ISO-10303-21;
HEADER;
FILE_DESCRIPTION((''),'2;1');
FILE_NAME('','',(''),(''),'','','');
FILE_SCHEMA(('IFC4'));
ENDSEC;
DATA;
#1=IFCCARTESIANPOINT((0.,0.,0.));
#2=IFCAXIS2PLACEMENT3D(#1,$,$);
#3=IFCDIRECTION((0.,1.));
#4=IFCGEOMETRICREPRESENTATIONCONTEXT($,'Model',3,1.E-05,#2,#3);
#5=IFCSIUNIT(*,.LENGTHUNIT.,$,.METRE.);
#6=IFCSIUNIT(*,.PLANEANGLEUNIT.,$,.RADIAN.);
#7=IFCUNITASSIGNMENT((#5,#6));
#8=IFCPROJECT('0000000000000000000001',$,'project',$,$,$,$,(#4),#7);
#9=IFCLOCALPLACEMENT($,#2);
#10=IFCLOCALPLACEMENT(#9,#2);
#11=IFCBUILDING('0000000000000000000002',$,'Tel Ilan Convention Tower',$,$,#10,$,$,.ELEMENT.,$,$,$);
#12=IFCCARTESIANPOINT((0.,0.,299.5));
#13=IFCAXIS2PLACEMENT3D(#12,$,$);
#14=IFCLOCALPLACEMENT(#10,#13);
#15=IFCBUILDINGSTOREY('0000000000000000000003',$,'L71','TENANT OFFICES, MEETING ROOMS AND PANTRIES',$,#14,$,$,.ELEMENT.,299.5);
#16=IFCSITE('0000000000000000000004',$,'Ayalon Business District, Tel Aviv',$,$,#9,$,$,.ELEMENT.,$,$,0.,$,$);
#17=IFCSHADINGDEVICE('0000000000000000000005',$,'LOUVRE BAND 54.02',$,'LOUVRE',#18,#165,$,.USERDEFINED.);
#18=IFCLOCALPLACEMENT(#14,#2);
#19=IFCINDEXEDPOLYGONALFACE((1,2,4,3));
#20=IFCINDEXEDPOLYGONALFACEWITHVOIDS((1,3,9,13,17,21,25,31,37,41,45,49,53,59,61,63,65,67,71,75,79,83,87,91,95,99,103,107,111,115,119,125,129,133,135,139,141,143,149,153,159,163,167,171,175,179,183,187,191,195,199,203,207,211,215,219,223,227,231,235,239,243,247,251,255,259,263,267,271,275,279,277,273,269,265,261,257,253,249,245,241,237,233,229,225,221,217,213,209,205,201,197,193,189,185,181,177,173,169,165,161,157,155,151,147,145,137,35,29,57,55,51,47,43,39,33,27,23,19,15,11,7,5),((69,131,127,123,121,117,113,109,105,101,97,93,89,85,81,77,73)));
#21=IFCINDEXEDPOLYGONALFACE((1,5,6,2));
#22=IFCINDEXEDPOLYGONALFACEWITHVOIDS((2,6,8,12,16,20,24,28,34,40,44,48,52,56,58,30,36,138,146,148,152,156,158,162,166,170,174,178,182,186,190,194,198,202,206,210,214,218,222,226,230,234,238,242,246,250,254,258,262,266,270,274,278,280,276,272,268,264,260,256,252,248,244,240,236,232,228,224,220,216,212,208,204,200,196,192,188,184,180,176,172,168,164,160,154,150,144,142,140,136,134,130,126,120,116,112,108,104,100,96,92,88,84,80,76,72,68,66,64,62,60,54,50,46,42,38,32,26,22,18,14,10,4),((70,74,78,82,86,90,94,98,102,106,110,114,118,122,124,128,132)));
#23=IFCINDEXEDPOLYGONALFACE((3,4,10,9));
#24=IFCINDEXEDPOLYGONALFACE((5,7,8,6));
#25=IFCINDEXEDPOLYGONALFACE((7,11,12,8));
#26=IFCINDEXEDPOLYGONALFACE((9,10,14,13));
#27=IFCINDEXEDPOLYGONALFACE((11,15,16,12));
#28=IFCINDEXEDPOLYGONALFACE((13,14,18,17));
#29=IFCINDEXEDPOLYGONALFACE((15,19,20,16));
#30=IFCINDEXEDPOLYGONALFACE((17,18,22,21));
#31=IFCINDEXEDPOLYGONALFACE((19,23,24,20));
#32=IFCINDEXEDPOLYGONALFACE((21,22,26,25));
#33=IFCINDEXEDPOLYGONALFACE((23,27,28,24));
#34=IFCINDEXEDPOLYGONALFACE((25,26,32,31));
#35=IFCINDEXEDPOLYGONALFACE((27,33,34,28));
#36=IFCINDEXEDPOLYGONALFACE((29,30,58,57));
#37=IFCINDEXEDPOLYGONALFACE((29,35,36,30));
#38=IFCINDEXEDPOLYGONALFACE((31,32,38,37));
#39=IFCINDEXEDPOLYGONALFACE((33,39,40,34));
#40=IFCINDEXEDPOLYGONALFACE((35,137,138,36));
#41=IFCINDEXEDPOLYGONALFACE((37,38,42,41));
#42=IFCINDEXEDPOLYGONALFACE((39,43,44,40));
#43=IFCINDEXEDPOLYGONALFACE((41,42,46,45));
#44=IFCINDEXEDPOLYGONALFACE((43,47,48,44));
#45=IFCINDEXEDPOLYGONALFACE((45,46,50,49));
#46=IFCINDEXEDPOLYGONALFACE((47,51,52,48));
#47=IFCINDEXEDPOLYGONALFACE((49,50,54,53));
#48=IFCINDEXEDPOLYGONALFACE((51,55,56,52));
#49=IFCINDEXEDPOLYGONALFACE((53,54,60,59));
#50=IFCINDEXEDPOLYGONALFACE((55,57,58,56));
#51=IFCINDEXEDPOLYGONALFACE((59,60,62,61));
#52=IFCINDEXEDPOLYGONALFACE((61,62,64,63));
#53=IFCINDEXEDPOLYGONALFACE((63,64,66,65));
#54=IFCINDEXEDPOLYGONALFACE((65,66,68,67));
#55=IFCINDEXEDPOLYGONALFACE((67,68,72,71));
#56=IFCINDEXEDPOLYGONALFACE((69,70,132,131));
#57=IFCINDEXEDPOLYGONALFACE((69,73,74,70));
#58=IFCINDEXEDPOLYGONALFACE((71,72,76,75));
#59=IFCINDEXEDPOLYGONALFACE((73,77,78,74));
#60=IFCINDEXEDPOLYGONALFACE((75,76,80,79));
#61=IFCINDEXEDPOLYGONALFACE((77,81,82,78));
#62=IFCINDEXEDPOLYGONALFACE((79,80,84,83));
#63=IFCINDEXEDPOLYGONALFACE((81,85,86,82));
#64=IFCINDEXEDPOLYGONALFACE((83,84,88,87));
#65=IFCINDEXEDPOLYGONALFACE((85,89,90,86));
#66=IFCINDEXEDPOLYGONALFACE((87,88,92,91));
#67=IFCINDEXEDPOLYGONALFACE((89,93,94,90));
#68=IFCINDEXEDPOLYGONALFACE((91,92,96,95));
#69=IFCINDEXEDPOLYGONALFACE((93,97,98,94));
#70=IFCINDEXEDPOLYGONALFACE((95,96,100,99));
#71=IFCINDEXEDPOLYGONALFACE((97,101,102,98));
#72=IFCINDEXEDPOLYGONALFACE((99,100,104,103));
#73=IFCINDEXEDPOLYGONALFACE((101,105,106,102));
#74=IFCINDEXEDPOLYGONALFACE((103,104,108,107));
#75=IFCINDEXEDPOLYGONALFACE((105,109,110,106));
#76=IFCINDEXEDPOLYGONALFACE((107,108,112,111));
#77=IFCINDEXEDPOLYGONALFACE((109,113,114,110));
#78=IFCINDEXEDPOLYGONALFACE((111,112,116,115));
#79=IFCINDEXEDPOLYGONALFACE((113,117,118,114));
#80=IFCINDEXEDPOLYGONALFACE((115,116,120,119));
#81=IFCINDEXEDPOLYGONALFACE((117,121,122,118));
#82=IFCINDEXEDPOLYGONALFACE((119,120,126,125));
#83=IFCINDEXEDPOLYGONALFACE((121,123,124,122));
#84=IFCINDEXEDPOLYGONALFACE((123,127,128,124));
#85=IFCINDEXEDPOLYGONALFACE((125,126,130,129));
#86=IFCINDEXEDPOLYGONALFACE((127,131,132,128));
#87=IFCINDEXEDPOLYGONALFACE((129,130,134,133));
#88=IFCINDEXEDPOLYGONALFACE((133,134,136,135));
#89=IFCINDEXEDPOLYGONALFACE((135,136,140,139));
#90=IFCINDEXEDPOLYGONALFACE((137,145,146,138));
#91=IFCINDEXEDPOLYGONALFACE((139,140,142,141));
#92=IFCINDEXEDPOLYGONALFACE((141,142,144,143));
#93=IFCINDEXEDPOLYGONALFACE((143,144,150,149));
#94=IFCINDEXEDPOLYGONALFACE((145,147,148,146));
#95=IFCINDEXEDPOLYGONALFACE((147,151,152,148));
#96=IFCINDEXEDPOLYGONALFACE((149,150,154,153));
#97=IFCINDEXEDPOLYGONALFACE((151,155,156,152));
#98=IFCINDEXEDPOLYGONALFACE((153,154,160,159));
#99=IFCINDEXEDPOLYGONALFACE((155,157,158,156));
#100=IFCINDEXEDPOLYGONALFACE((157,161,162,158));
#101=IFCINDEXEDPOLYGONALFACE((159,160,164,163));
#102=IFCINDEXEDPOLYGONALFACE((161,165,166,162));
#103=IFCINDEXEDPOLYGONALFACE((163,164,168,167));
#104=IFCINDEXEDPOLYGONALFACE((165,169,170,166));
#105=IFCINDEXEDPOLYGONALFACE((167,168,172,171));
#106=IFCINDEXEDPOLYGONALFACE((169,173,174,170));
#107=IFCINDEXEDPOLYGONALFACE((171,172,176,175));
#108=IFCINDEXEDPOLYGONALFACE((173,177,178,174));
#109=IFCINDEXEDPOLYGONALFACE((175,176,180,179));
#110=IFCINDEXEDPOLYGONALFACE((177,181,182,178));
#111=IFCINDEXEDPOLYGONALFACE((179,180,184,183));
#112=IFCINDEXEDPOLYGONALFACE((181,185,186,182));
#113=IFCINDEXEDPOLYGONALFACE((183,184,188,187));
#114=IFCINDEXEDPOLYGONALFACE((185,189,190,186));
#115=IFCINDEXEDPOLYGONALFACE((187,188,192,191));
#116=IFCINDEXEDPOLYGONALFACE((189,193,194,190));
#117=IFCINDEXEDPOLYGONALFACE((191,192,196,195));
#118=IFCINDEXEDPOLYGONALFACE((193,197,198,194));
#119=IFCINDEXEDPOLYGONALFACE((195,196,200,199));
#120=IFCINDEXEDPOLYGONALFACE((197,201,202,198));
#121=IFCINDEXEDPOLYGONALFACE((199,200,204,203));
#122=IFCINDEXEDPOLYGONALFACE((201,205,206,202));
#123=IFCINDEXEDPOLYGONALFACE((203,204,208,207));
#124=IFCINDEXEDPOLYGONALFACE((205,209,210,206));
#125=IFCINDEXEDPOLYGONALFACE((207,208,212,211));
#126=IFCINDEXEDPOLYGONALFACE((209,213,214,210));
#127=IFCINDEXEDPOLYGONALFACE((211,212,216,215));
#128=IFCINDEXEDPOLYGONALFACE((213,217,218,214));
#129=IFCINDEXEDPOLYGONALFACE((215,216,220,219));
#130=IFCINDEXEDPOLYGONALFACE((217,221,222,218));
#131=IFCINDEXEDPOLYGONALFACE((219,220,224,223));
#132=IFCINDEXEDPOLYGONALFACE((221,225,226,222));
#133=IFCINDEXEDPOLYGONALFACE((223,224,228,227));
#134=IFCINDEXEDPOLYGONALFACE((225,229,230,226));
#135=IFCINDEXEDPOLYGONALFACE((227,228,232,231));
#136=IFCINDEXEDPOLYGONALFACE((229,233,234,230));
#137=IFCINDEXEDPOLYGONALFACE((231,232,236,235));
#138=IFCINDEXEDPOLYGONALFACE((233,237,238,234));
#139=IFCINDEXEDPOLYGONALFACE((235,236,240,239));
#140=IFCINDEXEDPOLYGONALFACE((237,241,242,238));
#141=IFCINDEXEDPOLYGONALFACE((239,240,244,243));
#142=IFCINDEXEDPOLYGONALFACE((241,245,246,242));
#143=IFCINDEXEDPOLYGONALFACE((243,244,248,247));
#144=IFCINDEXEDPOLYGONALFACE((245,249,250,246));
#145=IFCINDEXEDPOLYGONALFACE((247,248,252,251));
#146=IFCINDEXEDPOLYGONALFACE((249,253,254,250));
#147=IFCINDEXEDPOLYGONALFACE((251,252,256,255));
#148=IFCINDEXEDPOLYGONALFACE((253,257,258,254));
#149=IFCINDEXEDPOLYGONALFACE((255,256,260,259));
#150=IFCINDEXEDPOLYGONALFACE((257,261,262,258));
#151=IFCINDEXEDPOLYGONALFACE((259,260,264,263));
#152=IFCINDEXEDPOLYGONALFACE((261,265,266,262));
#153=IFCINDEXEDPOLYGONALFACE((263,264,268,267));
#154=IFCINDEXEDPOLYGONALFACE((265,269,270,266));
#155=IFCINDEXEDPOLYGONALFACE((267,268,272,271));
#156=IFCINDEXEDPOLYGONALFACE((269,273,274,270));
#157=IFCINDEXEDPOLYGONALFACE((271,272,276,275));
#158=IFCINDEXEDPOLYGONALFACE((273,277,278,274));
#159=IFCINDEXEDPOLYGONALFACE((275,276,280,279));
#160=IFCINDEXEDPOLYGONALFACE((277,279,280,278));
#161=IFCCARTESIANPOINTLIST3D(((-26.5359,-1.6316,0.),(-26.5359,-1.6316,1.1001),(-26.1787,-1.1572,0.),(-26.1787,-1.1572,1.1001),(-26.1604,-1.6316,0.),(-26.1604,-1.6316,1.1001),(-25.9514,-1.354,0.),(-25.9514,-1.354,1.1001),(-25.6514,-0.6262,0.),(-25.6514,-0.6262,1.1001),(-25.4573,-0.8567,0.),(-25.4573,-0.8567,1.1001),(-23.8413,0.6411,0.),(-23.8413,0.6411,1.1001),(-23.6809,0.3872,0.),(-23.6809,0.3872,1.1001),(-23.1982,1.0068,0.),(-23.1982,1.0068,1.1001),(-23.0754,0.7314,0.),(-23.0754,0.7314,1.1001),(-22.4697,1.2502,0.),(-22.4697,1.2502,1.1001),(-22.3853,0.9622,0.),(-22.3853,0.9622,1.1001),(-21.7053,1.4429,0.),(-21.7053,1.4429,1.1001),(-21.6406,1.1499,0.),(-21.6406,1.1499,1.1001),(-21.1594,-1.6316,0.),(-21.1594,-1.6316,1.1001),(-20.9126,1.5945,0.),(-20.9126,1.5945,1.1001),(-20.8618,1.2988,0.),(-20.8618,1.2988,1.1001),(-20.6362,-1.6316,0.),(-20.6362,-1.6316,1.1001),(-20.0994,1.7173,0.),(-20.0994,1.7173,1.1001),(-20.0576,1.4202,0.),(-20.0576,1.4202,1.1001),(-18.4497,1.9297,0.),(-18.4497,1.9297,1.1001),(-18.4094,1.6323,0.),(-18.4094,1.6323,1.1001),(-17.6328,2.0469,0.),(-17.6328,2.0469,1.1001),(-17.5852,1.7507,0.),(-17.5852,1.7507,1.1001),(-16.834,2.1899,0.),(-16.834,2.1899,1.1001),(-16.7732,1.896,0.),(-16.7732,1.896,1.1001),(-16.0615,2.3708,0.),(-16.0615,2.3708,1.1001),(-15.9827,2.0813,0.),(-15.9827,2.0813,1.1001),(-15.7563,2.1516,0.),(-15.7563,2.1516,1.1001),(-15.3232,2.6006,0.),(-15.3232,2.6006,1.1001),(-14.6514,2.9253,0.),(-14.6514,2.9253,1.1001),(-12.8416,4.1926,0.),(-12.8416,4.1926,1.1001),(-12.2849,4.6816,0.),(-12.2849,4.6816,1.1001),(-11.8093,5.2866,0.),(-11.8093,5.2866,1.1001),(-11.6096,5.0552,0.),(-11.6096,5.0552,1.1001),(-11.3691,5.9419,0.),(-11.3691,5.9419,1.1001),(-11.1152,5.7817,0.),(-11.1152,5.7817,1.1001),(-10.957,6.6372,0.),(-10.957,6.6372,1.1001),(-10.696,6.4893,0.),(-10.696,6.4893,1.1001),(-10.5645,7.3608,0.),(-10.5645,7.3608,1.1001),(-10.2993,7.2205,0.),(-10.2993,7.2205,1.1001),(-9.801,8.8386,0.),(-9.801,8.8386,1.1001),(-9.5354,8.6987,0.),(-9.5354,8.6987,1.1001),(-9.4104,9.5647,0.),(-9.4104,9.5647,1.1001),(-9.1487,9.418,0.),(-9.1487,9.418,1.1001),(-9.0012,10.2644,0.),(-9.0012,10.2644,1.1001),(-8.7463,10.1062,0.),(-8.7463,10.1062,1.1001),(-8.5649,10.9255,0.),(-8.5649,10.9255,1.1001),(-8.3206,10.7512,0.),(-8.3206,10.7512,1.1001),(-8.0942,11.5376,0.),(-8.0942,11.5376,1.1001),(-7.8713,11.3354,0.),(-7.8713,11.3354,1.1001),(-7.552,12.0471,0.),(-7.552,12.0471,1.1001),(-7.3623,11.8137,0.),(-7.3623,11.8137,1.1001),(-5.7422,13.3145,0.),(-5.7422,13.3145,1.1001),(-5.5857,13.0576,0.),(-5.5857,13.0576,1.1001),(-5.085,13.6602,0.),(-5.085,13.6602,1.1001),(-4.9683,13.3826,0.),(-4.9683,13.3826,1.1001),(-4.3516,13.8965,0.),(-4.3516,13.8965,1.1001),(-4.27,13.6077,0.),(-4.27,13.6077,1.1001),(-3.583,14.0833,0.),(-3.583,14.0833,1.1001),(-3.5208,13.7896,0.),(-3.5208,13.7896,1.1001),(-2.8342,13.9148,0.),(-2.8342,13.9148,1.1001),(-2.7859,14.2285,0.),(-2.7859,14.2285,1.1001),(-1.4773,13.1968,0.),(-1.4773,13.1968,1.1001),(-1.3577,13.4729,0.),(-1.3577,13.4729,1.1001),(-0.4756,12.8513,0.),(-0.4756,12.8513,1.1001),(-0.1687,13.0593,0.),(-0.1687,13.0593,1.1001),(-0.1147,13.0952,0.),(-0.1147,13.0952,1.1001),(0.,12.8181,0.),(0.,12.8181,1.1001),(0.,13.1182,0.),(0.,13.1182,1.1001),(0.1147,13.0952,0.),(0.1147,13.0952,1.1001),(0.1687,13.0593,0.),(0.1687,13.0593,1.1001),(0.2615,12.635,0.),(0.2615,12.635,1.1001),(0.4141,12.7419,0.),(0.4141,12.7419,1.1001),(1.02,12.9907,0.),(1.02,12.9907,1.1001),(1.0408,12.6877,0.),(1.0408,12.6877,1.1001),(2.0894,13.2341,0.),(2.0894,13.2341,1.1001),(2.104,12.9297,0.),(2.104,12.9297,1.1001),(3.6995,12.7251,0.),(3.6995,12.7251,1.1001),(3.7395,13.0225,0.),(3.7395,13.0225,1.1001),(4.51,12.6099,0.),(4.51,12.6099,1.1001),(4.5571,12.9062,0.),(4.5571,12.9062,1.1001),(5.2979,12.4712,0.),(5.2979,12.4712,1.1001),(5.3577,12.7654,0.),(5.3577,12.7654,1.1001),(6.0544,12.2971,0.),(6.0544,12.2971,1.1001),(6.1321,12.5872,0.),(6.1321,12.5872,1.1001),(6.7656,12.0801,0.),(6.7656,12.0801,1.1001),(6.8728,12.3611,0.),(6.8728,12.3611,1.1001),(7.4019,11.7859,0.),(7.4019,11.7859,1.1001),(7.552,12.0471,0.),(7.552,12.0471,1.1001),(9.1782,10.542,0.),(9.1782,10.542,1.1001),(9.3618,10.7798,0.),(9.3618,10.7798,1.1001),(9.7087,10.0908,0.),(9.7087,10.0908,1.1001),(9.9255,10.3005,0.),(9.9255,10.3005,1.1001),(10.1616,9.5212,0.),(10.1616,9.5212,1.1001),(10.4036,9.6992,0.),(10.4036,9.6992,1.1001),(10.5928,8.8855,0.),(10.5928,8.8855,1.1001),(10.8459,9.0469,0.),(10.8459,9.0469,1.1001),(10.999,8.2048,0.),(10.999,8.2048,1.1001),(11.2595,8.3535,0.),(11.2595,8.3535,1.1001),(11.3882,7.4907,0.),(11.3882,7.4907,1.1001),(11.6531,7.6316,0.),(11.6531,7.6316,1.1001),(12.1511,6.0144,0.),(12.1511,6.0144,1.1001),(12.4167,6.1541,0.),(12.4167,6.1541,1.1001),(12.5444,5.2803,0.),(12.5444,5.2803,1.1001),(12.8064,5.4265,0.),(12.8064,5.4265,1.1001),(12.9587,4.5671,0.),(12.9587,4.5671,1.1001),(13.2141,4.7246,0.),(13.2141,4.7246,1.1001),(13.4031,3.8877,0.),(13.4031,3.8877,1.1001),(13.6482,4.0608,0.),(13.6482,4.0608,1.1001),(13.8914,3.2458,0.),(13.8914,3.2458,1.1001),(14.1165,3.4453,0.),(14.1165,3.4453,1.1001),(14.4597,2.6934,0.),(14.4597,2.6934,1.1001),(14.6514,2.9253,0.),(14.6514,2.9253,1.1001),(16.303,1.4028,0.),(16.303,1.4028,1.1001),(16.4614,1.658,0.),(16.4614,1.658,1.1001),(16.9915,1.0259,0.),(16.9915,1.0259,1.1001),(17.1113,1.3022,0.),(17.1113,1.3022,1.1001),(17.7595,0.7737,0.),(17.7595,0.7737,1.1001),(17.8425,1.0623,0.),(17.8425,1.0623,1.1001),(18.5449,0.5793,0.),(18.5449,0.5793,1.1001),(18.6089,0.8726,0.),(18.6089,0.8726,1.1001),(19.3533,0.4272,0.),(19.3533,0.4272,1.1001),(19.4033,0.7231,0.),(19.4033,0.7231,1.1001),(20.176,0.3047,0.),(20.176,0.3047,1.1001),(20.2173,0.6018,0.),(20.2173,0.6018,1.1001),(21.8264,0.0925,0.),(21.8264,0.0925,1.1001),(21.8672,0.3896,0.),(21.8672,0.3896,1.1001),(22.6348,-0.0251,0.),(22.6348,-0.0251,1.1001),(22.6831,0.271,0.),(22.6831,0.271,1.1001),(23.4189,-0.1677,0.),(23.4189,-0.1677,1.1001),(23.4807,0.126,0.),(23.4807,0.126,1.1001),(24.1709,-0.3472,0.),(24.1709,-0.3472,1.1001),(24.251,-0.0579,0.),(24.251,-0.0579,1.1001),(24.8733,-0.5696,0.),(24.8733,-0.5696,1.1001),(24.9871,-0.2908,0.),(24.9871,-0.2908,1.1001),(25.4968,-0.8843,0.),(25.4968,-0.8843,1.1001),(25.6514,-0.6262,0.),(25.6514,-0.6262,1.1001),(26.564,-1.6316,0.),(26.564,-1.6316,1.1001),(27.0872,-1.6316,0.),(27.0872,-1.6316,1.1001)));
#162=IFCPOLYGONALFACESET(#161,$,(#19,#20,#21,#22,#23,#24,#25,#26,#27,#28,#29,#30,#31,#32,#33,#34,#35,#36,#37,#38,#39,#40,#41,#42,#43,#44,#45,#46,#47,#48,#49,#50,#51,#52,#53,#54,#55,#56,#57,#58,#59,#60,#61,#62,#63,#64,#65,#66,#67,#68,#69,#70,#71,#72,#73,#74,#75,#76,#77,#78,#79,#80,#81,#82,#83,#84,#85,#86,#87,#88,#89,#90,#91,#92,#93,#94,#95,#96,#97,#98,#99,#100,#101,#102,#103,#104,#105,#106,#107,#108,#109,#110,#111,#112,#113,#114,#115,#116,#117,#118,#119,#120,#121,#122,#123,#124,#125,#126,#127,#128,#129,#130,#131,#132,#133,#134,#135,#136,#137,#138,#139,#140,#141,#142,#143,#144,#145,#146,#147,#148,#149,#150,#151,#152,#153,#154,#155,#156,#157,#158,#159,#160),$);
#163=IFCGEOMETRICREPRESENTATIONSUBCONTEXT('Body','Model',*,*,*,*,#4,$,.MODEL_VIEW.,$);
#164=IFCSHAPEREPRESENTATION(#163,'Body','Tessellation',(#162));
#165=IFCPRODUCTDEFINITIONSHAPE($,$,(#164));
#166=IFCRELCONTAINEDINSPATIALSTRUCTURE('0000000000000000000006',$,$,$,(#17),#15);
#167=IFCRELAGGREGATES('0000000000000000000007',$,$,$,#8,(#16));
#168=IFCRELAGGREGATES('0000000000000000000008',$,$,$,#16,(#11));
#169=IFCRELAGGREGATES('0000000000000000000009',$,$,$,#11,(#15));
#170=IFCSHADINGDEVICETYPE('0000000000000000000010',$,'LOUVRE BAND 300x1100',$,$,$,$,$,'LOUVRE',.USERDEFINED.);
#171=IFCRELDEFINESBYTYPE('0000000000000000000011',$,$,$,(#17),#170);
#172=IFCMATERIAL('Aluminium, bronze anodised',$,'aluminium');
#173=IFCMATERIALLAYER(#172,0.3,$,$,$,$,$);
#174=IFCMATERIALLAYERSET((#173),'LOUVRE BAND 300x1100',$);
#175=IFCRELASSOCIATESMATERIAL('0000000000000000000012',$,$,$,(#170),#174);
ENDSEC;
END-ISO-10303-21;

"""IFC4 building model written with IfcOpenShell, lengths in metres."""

from ifc_helpers import new_model, si_unit, direction, frame, origin, place, context, subcontext, project, spatial, polyline, outline, extrude, material, layer, layer_set, type_object, element, save


model = new_model("IFC4")

# Units and contexts
model_context = context("Model", 3, precision=1e-05, world=origin(), true_north=direction((0.0, 1.0)))
body_context = subcontext(model_context, "Body", "Model", "MODEL_VIEW")
ifc_project = project(units=[si_unit("LENGTHUNIT", "METRE"), si_unit("PLANEANGLEUNIT", "RADIAN")], contexts=[model_context])

# Site, building, storey
site_placement = place(None, origin())
site = spatial("IfcSite", under=ifc_project, at=site_placement, Name="Ayalon Business District, Tel Aviv", CompositionType="ELEMENT", RefElevation=0.0)
building_placement = place(site_placement, origin())
building = spatial("IfcBuilding", under=site, at=building_placement, Name="Tel Ilan Convention Tower", CompositionType="ELEMENT")
storey_placement = place(building_placement, frame((0.0, 0.0, 299.5)))
storey = spatial("IfcBuildingStorey", under=building, at=storey_placement, Name="L71", Description="TENANT OFFICES, MEETING ROOMS AND PANTRIES", CompositionType="ELEMENT", Elevation=299.5)

# Shading device
ifc_material_1 = material(Name="Aluminium, bronze anodised", Category="aluminium")
ifc_layer_1 = layer(ifc_material_1, 0.3)
ifc_layer_set_1 = layer_set([ifc_layer_1], Name="LOUVRE BAND 300x1100")
shading_device_type_1 = type_object("IfcShadingDeviceType", Name="LOUVRE BAND 300x1100", ElementType="LOUVRE", PredefinedType="USERDEFINED", material=ifc_layer_set_1)
shading_device_placement = place(storey_placement, origin())
element("IfcShadingDevice", 1, at=shading_device_placement, inside=storey, type_object=shading_device_type_1, Name="LOUVRE BAND 54.02", ObjectType="LOUVRE", PredefinedType="USERDEFINED", context=body_context, shape_type="SweptSolid", body=[
    extrude(outline(polyline([(-26.1787, -1.1572), (-26.5359, -1.6316), (-26.1604, -1.6316), (-25.9514, -1.354), (-25.4573, -0.8567), (-23.6809, 0.3872), (-23.0754, 0.7314), (-22.3853, 0.9622), (-21.6406, 1.1499), (-20.8618, 1.2988), (-20.0576, 1.4202), (-18.4094, 1.6323), (-17.5852, 1.7507), (-16.7732, 1.896), (-15.9827, 2.0813), (-15.7563, 2.1516), (-21.1594, -1.6316), (-20.6362, -1.6316), (0.0, 12.8181), (0.2615, 12.635), (0.4141, 12.7419), (1.0408, 12.6877), (2.104, 12.9297), (3.6995, 12.7251), (4.51, 12.6099), (5.2979, 12.4712), (6.0544, 12.2971), (6.7656, 12.0801), (7.4019, 11.7859), (9.1782, 10.542), (9.7087, 10.0908), (10.1616, 9.5212), (10.5928, 8.8855), (10.999, 8.2048), (11.3882, 7.4907), (12.1511, 6.0144), (12.5444, 5.2803), (12.9587, 4.5671), (13.4031, 3.8877), (13.8914, 3.2458), (14.4597, 2.6934), (16.303, 1.4028), (16.9915, 1.0259), (17.7595, 0.7737), (18.5449, 0.5793), (19.3533, 0.4272), (20.176, 0.3047), (21.8264, 0.0925), (22.6348, -0.0251), (23.4189, -0.1677), (24.1709, -0.3472), (24.8733, -0.5696), (25.4968, -0.8843), (26.564, -1.6316), (27.0872, -1.6316), (25.6514, -0.6262), (24.9871, -0.2908), (24.251, -0.0579), (23.4807, 0.126), (22.6831, 0.271), (21.8672, 0.3896), (20.2173, 0.6018), (19.4033, 0.7231), (18.6089, 0.8726), (17.8425, 1.0623), (17.1113, 1.3022), (16.4614, 1.658), (14.6514, 2.9253), (14.1165, 3.4453), (13.6482, 4.0608), (13.2141, 4.7246), (12.8064, 5.4265), (12.4167, 6.1541), (11.6531, 7.6316), (11.2595, 8.3535), (10.8459, 9.0469), (10.4036, 9.6992), (9.9255, 10.3005), (9.3618, 10.7798), (7.552, 12.0471), (6.8728, 12.3611), (6.1321, 12.5872), (5.3577, 12.7654), (4.5571, 12.9062), (3.7395, 13.0225), (2.0894, 13.2341), (1.02, 12.9907), (0.1687, 13.0593), (0.1147, 13.0952), (0.0, 13.1182), (-0.1147, 13.0952), (-0.1687, 13.0593), (-1.3577, 13.4729), (-2.7859, 14.2285), (-3.583, 14.0833), (-4.3516, 13.8965), (-5.085, 13.6602), (-5.7422, 13.3145), (-7.552, 12.0471), (-8.0942, 11.5376), (-8.5649, 10.9255), (-9.0012, 10.2644), (-9.4104, 9.5647), (-9.801, 8.8386), (-10.5645, 7.3608), (-10.957, 6.6372), (-11.3691, 5.9419), (-11.8093, 5.2866), (-12.2849, 4.6816), (-12.8416, 4.1926), (-14.6514, 2.9253), (-15.3232, 2.6006), (-16.0615, 2.3708), (-16.834, 2.1899), (-17.6328, 2.0469), (-18.4497, 1.9297), (-20.0994, 1.7173), (-20.9126, 1.5945), (-21.7053, 1.4429), (-22.4697, 1.2502), (-23.1982, 1.0068), (-23.8413, 0.6411), (-25.6514, -0.6262), (-26.1787, -1.1572)]), holes=[polyline([(-11.6096, 5.0552), (-11.1152, 5.7817), (-10.696, 6.4893), (-10.2993, 7.2205), (-9.5354, 8.6987), (-9.1487, 9.418), (-8.7463, 10.1062), (-8.3206, 10.7512), (-7.8713, 11.3354), (-7.3623, 11.8137), (-5.5857, 13.0576), (-4.9683, 13.3826), (-4.27, 13.6077), (-3.5208, 13.7896), (-2.8342, 13.9148), (-1.4773, 13.1968), (-0.4756, 12.8513), (-11.6096, 5.0552)])]), origin(), (0.0, 0.0, 1.0), 1.1001),
])

save(model, "model.ifc")
